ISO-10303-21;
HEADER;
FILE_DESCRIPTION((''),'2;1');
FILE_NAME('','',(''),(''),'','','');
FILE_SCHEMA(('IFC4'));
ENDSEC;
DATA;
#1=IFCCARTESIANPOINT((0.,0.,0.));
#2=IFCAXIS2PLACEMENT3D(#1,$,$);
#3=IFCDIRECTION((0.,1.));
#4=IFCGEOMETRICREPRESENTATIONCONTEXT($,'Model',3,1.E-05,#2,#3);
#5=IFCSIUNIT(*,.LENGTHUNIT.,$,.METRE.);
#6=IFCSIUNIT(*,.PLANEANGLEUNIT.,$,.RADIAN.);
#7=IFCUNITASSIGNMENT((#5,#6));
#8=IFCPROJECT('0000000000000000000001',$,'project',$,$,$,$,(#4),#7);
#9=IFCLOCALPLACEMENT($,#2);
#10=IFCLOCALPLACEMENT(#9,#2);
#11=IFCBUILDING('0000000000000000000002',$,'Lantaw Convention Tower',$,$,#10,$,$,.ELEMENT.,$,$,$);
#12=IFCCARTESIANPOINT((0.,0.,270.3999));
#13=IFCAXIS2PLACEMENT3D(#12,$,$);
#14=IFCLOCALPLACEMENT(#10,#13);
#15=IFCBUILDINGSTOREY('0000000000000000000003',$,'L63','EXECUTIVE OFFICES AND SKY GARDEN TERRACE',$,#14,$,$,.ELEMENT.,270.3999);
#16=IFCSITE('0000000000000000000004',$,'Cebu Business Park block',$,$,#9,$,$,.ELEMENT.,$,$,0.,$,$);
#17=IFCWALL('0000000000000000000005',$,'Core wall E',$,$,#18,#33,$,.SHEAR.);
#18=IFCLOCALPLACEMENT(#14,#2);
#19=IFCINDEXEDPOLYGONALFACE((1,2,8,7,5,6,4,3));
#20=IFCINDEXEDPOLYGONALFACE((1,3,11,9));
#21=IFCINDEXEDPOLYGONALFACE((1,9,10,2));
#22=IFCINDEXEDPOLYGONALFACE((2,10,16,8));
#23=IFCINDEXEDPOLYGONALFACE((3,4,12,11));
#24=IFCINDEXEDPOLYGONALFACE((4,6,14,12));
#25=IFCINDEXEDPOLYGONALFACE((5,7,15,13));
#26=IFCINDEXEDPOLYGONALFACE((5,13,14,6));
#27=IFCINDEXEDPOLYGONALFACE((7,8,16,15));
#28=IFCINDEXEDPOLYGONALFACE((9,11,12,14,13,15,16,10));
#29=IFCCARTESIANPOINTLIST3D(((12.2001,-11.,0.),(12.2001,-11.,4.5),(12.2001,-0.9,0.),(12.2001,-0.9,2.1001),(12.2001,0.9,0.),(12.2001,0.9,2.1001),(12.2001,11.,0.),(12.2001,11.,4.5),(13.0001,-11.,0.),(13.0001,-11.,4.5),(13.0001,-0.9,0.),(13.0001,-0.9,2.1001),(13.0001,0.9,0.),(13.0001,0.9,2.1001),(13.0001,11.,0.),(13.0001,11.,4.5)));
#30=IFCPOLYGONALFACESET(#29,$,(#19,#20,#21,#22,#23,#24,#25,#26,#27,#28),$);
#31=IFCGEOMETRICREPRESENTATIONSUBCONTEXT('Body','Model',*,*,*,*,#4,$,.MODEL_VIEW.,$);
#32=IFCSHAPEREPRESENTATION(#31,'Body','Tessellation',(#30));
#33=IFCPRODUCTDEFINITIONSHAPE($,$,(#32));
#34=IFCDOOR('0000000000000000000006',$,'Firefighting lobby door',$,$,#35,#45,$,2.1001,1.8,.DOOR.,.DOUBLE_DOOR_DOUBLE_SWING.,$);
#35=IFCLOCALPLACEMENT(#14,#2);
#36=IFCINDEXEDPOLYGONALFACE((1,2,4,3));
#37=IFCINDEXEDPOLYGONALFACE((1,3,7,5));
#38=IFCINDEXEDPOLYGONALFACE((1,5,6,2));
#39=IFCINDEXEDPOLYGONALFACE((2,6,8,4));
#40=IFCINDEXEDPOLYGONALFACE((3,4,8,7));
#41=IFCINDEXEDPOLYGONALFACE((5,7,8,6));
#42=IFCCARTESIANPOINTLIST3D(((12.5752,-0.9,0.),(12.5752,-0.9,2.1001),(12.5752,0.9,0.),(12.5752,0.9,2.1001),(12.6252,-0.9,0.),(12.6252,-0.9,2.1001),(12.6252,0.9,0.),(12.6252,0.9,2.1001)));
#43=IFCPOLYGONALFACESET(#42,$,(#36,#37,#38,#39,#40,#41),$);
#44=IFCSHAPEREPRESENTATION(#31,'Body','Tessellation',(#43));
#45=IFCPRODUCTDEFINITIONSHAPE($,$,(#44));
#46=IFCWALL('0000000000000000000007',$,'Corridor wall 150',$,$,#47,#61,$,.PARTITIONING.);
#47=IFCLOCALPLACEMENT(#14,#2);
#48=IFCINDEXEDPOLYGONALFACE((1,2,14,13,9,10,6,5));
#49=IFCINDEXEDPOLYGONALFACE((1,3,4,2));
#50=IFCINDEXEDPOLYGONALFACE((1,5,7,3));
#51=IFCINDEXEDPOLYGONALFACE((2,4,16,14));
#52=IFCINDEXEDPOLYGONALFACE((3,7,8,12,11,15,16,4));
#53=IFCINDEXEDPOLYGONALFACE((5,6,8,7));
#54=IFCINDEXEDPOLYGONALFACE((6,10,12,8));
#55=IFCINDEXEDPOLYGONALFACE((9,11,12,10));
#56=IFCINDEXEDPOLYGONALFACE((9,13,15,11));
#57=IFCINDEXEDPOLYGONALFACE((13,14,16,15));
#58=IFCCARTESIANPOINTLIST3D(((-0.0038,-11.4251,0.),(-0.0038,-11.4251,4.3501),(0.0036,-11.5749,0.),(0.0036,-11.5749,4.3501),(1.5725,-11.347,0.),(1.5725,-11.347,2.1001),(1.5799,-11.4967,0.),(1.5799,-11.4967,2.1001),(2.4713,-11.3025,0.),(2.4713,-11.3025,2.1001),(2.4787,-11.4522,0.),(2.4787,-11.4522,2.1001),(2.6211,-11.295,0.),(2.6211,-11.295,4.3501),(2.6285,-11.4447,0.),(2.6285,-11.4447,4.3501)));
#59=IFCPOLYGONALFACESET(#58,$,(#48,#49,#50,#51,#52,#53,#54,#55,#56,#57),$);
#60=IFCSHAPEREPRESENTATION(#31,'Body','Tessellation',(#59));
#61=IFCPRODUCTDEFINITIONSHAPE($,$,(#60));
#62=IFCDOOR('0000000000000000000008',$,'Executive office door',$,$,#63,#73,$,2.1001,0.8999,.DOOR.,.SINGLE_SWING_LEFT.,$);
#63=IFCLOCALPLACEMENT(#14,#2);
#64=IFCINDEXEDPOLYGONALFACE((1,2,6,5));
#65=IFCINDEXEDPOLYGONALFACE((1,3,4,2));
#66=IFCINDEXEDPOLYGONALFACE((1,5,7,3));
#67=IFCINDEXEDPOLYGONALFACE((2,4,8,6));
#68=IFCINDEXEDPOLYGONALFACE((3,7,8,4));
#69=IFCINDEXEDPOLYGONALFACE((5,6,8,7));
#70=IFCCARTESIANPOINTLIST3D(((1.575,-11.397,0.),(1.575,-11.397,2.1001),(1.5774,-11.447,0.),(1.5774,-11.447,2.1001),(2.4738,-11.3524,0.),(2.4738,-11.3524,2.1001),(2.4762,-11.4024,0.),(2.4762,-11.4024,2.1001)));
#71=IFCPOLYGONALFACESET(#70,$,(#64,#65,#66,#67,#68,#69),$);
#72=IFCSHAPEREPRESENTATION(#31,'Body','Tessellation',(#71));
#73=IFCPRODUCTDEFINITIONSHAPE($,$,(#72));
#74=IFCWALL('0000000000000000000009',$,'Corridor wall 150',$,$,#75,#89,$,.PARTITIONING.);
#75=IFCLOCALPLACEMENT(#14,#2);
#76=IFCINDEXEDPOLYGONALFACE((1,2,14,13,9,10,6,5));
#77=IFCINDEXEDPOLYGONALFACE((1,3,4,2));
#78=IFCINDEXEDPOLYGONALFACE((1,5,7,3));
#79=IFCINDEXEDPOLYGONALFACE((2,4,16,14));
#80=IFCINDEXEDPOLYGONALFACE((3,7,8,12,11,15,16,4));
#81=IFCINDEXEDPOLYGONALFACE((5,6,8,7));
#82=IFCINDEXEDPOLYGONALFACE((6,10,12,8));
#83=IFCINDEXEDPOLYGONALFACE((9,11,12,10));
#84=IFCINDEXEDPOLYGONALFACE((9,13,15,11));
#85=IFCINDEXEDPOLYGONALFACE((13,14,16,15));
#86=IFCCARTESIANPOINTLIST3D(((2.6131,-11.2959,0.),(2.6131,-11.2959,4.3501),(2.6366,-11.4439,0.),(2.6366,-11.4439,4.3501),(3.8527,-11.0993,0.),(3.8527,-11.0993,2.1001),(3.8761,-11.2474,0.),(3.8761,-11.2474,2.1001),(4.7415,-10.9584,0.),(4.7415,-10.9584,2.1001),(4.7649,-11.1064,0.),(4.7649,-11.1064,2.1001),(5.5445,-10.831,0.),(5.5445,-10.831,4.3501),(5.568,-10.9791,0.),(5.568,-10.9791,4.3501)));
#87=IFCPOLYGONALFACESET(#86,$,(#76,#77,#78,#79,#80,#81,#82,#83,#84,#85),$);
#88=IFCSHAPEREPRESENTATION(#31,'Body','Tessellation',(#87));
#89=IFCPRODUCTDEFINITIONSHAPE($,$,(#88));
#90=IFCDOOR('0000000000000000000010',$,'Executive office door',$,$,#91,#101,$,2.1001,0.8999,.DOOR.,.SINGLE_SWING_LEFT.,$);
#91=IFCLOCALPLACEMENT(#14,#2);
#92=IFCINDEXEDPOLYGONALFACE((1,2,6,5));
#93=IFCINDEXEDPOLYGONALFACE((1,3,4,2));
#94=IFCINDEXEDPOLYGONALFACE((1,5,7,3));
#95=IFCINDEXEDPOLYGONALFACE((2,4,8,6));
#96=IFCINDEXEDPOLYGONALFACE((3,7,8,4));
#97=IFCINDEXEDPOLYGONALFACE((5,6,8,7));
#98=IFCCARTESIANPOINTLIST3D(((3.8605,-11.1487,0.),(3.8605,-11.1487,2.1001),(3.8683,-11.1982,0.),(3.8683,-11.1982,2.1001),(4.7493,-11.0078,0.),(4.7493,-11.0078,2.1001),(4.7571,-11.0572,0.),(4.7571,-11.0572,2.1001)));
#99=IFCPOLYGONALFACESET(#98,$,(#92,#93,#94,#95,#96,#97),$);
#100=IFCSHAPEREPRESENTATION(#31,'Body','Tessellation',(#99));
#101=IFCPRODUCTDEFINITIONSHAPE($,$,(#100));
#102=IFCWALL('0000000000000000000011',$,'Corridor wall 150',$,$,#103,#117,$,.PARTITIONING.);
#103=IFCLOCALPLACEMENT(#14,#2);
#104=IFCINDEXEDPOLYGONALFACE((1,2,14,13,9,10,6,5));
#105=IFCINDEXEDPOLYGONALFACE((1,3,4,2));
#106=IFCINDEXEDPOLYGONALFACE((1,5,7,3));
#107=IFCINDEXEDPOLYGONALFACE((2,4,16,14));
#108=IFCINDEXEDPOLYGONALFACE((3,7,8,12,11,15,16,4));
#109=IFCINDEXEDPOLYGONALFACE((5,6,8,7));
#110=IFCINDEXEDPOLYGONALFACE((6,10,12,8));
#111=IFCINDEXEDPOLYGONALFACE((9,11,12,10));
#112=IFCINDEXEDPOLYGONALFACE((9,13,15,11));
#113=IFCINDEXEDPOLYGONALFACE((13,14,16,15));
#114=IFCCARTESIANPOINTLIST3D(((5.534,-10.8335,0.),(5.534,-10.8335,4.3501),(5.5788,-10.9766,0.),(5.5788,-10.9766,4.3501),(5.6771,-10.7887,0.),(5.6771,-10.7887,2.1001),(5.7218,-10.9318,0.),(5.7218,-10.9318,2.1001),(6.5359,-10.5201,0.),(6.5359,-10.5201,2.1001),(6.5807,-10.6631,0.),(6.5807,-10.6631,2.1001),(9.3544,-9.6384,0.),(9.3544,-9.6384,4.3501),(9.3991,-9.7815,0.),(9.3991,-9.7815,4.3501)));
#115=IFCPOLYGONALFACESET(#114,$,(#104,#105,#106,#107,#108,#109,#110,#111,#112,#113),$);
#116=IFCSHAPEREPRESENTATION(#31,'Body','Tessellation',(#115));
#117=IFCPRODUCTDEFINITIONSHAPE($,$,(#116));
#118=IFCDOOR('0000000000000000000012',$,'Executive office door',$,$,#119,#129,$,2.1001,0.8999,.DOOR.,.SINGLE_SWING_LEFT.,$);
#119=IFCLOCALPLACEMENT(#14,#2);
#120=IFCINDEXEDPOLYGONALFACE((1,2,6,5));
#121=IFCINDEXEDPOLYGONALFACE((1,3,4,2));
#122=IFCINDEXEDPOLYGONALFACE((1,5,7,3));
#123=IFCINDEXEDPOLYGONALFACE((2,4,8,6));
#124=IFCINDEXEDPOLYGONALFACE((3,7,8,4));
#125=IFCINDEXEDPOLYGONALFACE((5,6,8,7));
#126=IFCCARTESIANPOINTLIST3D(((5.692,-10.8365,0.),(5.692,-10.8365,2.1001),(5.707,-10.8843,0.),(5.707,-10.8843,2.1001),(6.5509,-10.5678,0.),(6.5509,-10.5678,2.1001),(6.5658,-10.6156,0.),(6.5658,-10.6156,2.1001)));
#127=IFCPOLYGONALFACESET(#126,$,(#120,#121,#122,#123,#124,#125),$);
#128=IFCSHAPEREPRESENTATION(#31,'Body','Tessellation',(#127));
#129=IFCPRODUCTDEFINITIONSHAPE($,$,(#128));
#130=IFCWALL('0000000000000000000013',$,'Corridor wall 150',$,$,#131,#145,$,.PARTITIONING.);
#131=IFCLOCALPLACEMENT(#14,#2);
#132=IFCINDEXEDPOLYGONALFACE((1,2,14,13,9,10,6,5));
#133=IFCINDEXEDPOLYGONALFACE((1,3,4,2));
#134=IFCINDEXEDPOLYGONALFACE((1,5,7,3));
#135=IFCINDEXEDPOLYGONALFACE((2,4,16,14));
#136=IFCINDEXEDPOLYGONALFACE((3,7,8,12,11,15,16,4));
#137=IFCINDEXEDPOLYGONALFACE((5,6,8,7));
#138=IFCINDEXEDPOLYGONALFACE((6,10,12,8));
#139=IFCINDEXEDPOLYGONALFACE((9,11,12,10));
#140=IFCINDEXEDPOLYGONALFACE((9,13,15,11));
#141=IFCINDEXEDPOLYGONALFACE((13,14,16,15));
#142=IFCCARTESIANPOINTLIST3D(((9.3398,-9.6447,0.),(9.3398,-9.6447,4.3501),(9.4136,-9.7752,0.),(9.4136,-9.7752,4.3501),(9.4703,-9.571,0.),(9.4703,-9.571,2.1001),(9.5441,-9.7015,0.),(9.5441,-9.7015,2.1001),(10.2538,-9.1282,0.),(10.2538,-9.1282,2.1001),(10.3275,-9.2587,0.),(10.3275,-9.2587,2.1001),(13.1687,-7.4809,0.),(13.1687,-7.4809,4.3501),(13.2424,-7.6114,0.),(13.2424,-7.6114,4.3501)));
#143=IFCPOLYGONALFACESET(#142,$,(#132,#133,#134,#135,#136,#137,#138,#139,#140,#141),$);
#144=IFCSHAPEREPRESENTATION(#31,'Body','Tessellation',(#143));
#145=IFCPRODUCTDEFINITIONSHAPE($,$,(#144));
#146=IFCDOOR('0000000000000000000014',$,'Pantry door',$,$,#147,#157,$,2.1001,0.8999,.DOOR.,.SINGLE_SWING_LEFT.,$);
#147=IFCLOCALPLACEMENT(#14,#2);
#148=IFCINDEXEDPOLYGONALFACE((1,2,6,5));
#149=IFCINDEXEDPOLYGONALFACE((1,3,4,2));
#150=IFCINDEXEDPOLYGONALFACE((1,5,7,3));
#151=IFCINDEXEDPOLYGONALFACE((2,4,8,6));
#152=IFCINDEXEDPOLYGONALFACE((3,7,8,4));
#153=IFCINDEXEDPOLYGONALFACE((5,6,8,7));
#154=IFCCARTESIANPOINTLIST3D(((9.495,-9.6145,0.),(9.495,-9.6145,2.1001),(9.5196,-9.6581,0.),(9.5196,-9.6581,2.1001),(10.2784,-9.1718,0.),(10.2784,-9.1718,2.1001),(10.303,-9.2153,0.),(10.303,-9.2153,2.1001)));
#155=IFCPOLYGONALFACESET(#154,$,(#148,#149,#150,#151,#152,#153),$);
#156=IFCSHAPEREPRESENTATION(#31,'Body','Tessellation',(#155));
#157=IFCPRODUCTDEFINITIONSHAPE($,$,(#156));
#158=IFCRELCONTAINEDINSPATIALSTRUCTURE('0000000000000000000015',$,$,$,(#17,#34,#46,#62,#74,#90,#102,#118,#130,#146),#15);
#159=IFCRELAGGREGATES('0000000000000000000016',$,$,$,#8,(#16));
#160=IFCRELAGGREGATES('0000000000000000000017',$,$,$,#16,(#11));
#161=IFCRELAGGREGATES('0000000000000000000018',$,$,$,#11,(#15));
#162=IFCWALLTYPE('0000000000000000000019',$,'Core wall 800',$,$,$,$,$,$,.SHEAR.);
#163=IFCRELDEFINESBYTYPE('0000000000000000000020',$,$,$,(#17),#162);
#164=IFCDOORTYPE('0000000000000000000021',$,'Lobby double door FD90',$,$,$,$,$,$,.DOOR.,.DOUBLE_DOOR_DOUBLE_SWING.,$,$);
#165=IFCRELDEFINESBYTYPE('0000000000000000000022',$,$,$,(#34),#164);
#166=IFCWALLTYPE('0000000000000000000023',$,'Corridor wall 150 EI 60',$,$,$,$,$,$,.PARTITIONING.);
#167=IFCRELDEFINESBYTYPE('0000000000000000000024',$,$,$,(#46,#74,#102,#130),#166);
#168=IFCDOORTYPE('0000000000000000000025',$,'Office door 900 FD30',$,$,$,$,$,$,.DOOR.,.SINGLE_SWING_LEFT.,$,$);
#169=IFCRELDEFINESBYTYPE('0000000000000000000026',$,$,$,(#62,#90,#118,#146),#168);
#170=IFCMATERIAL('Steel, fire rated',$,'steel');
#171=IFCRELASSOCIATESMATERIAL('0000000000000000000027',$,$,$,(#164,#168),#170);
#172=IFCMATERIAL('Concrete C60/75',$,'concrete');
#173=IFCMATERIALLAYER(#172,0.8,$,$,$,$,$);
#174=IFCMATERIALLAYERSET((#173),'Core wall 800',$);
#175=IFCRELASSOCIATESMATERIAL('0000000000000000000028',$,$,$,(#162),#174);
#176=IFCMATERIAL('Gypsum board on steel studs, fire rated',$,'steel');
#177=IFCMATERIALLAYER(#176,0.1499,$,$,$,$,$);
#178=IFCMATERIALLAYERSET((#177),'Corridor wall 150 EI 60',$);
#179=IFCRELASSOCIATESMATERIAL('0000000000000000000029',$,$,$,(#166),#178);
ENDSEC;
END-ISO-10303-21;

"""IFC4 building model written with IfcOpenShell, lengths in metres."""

from ifc_helpers import new_model, si_unit, direction, frame, frame_2d, origin, place, context, subcontext, project, spatial, rectangle, extrude, material, layer, layer_set, type_object, element, fill, save


model = new_model("IFC4")

# Units and contexts
model_context = context("Model", 3, precision=1e-05, world=origin(), true_north=direction((0.0, 1.0)))
body_context = subcontext(model_context, "Body", "Model", "MODEL_VIEW")
ifc_project = project(units=[si_unit("LENGTHUNIT", "METRE"), si_unit("PLANEANGLEUNIT", "RADIAN")], contexts=[model_context])

# Site, building, storey
site_placement = place(None, origin())
site = spatial("IfcSite", under=ifc_project, at=site_placement, Name="Cebu Business Park block", CompositionType="ELEMENT", RefElevation=0.0)
building_placement = place(site_placement, origin())
building = spatial("IfcBuilding", under=site, at=building_placement, Name="Lantaw Convention Tower", CompositionType="ELEMENT")
storey_placement = place(building_placement, frame((0.0, 0.0, 270.3999)))
storey = spatial("IfcBuildingStorey", under=building, at=storey_placement, Name="L63", Description="EXECUTIVE OFFICES AND SKY GARDEN TERRACE", CompositionType="ELEMENT", Elevation=270.3999)

# Walls, openings, doors
ifc_material_1 = material(Name="Concrete C60/75", Category="concrete")
ifc_material_2 = material(Name="Steel, fire rated", Category="steel")
door_type_1 = type_object("IfcDoorType", Name="Lobby double door FD90", OperationType="DOUBLE_DOOR_DOUBLE_SWING", PredefinedType="DOOR", material=ifc_material_2)
ifc_layer_1 = layer(ifc_material_1, 0.8)
ifc_layer_set_1 = layer_set([ifc_layer_1], Name="Core wall 800")
wall_type_1 = type_object("IfcWallType", Name="Core wall 800", PredefinedType="SHEAR", material=ifc_layer_set_1)
wall_1_placement = place(storey_placement, frame((12.6001, -11.0, 0.0), z_axis=(0.0, 0.0, 1.0), x_axis=(0.0, 1.0, 0.0)))
wall_1 = element("IfcWall", 1, at=wall_1_placement, inside=storey, type_object=wall_type_1, Name="Core wall E", PredefinedType="SHEAR", context=body_context, shape_type="SweptSolid", body=[
    extrude(rectangle(XDim=22.0, YDim=0.8, at=frame_2d((11.0, 0.0))), origin(), (0.0, 0.0, 1.0), 4.5),
])
opening_1_placement = place(wall_1_placement, frame((10.1001, 0.0, 0.0)))
opening_1 = element("IfcOpeningElement", 2, at=opening_1_placement, cuts=wall_1, PredefinedType="OPENING", context=body_context, shape_type="SweptSolid", body=[
    extrude(rectangle(XDim=1.8, YDim=2.1001, at=frame_2d((0.8999, 1.05))), frame((0.0, 0.4099, 0.0), z_axis=(0.0, -1.0, 0.0), x_axis=(1.0, 0.0, 0.0)), (0.0, 0.0, 1.0), 0.8201),
])
door_1_placement = place(opening_1_placement, origin())
door_1 = element("IfcDoor", 3, at=door_1_placement, inside=storey, type_object=door_type_1, Name="Firefighting lobby door", OperationType="DOUBLE_DOOR_DOUBLE_SWING", OverallHeight=2.1001, OverallWidth=1.8, PredefinedType="DOOR", context=body_context, shape_type="SweptSolid", body=[
    extrude(rectangle(XDim=1.8, YDim=2.1001, at=frame_2d((0.8999, 1.05))), frame((0.0, 0.0249, 0.0), z_axis=(0.0, -1.0, 0.0), x_axis=(1.0, 0.0, 0.0)), (0.0, 0.0, 1.0), 0.05),
])
fill(opening_1, door_1)
ifc_material_3 = material(Name="Gypsum board on steel studs, fire rated", Category="steel")
ifc_layer_2 = layer(ifc_material_3, 0.1499)
ifc_layer_set_2 = layer_set([ifc_layer_2], Name="Corridor wall 150 EI 60")
wall_type_2 = type_object("IfcWallType", Name="Corridor wall 150 EI 60", PredefinedType="PARTITIONING", material=ifc_layer_set_2)
wall_2_placement = place(storey_placement, frame((0.0, -11.5, 0.0), z_axis=(0.0, 0.0, 1.0), x_axis=(0.998774, 0.049511, 0.0)))
wall_2 = element("IfcWall", 4, at=wall_2_placement, inside=storey, type_object=wall_type_2, Name="Corridor wall 150", PredefinedType="PARTITIONING", context=body_context, shape_type="SweptSolid", body=[
    extrude(rectangle(XDim=2.6282, YDim=0.1499, at=frame_2d((1.314, 0.0))), origin(), (0.0, 0.0, 1.0), 4.3501),
])
opening_2_placement = place(wall_2_placement, frame((1.5781, 0.0, 0.0)))
opening_2 = element("IfcOpeningElement", 5, at=opening_2_placement, cuts=wall_2, PredefinedType="OPENING", context=body_context, shape_type="SweptSolid", body=[
    extrude(rectangle(XDim=0.8999, YDim=2.1001, at=frame_2d((0.45, 1.05))), frame((0.0, 0.085, 0.0), z_axis=(0.0, -1.0, 0.0), x_axis=(1.0, 0.0, 0.0)), (0.0, 0.0, 1.0), 0.1699),
])
door_type_2 = type_object("IfcDoorType", Name="Office door 900 FD30", OperationType="SINGLE_SWING_LEFT", PredefinedType="DOOR", material=ifc_material_2)
door_2_placement = place(opening_2_placement, origin())
door_2 = element("IfcDoor", 6, at=door_2_placement, inside=storey, type_object=door_type_2, Name="Executive office door", OperationType="SINGLE_SWING_LEFT", OverallHeight=2.1001, OverallWidth=0.8999, PredefinedType="DOOR", context=body_context, shape_type="SweptSolid", body=[
    extrude(rectangle(XDim=0.8999, YDim=2.1001, at=frame_2d((0.45, 1.05))), frame((0.0, 0.0249, 0.0), z_axis=(0.0, -1.0, 0.0), x_axis=(1.0, 0.0, 0.0)), (0.0, 0.0, 1.0), 0.05),
])
fill(opening_2, door_2)
wall_3_placement = place(storey_placement, frame((2.625, -11.3699, 0.0), z_axis=(0.0, 0.0, 1.0), x_axis=(0.987659, 0.156617, 0.0)))
wall_3 = element("IfcWall", 7, at=wall_3_placement, inside=storey, type_object=wall_type_2, Name="Corridor wall 150", PredefinedType="PARTITIONING", context=body_context, shape_type="SweptSolid", body=[
    extrude(rectangle(XDim=2.968, YDim=0.1499, at=frame_2d((1.4839, 0.0))), origin(), (0.0, 0.0, 1.0), 4.3501),
])
opening_3_placement = place(wall_3_placement, frame((1.2549, 0.0, 0.0)))
opening_3 = element("IfcOpeningElement", 8, at=opening_3_placement, cuts=wall_3, PredefinedType="OPENING", context=body_context, shape_type="SweptSolid", body=[
    extrude(rectangle(XDim=0.8999, YDim=2.1001, at=frame_2d((0.45, 1.05))), frame((0.0, 0.085, 0.0), z_axis=(0.0, -1.0, 0.0), x_axis=(1.0, 0.0, 0.0)), (0.0, 0.0, 1.0), 0.1699),
])
door_3_placement = place(opening_3_placement, origin())
door_3 = element("IfcDoor", 9, at=door_3_placement, inside=storey, type_object=door_type_2, Name="Executive office door", OperationType="SINGLE_SWING_LEFT", OverallHeight=2.1001, OverallWidth=0.8999, PredefinedType="DOOR", context=body_context, shape_type="SweptSolid", body=[
    extrude(rectangle(XDim=0.8999, YDim=2.1001, at=frame_2d((0.45, 1.05))), frame((0.0, 0.0249, 0.0), z_axis=(0.0, -1.0, 0.0), x_axis=(1.0, 0.0, 0.0)), (0.0, 0.0, 1.0), 0.05),
])
fill(opening_3, door_3)
wall_4_placement = place(storey_placement, frame((5.5564, -10.905, 0.0), z_axis=(0.0, 0.0, 1.0), x_axis=(0.954393, 0.298553, 0.0)))
wall_4 = element("IfcWall", 10, at=wall_4_placement, inside=storey, type_object=wall_type_2, Name="Corridor wall 150", PredefinedType="PARTITIONING", context=body_context, shape_type="SweptSolid", body=[
    extrude(rectangle(XDim=4.0029, YDim=0.1499, at=frame_2d((2.0015, 0.0))), origin(), (0.0, 0.0, 1.0), 4.3501),
])
opening_4_placement = place(wall_4_placement, frame((0.1499, 0.0, 0.0)))
opening_4 = element("IfcOpeningElement", 11, at=opening_4_placement, cuts=wall_4, PredefinedType="OPENING", context=body_context, shape_type="SweptSolid", body=[
    extrude(rectangle(XDim=0.8999, YDim=2.1001, at=frame_2d((0.45, 1.05))), frame((0.0, 0.085, 0.0), z_axis=(0.0, -1.0, 0.0), x_axis=(1.0, 0.0, 0.0)), (0.0, 0.0, 1.0), 0.1699),
])
door_4_placement = place(opening_4_placement, origin())
door_4 = element("IfcDoor", 12, at=door_4_placement, inside=storey, type_object=door_type_2, Name="Executive office door", OperationType="SINGLE_SWING_LEFT", OverallHeight=2.1001, OverallWidth=0.8999, PredefinedType="DOOR", context=body_context, shape_type="SweptSolid", body=[
    extrude(rectangle(XDim=0.8999, YDim=2.1001, at=frame_2d((0.45, 1.05))), frame((0.0, 0.0249, 0.0), z_axis=(0.0, -1.0, 0.0), x_axis=(1.0, 0.0, 0.0)), (0.0, 0.0, 1.0), 0.05),
])
fill(opening_4, door_4)
wall_5_placement = place(storey_placement, frame((9.3767, -9.71, 0.0), z_axis=(0.0, 0.0, 1.0), x_axis=(0.870594, 0.492002, 0.0)))
wall_5 = element("IfcWall", 13, at=wall_5_placement, inside=storey, type_object=wall_type_2, Name="Corridor wall 150", PredefinedType="PARTITIONING", context=body_context, shape_type="SweptSolid", body=[
    extrude(rectangle(XDim=4.3979, YDim=0.1499, at=frame_2d((2.199, 0.0))), origin(), (0.0, 0.0, 1.0), 4.3501),
])
opening_5_placement = place(wall_5_placement, frame((0.1499, 0.0, 0.0)))
opening_5 = element("IfcOpeningElement", 14, at=opening_5_placement, cuts=wall_5, PredefinedType="OPENING", context=body_context, shape_type="SweptSolid", body=[
    extrude(rectangle(XDim=0.8999, YDim=2.1001, at=frame_2d((0.45, 1.05))), frame((0.0, 0.085, 0.0), z_axis=(0.0, -1.0, 0.0), x_axis=(1.0, 0.0, 0.0)), (0.0, 0.0, 1.0), 0.1699),
])
door_5_placement = place(opening_5_placement, origin())
door_5 = element("IfcDoor", 15, at=door_5_placement, inside=storey, type_object=door_type_2, Name="Pantry door", OperationType="SINGLE_SWING_LEFT", OverallHeight=2.1001, OverallWidth=0.8999, PredefinedType="DOOR", context=body_context, shape_type="SweptSolid", body=[
    extrude(rectangle(XDim=0.8999, YDim=2.1001, at=frame_2d((0.45, 1.05))), frame((0.0, 0.0249, 0.0), z_axis=(0.0, -1.0, 0.0), x_axis=(1.0, 0.0, 0.0)), (0.0, 0.0, 1.0), 0.05),
])
fill(opening_5, door_5)

save(model, "model.ifc")
